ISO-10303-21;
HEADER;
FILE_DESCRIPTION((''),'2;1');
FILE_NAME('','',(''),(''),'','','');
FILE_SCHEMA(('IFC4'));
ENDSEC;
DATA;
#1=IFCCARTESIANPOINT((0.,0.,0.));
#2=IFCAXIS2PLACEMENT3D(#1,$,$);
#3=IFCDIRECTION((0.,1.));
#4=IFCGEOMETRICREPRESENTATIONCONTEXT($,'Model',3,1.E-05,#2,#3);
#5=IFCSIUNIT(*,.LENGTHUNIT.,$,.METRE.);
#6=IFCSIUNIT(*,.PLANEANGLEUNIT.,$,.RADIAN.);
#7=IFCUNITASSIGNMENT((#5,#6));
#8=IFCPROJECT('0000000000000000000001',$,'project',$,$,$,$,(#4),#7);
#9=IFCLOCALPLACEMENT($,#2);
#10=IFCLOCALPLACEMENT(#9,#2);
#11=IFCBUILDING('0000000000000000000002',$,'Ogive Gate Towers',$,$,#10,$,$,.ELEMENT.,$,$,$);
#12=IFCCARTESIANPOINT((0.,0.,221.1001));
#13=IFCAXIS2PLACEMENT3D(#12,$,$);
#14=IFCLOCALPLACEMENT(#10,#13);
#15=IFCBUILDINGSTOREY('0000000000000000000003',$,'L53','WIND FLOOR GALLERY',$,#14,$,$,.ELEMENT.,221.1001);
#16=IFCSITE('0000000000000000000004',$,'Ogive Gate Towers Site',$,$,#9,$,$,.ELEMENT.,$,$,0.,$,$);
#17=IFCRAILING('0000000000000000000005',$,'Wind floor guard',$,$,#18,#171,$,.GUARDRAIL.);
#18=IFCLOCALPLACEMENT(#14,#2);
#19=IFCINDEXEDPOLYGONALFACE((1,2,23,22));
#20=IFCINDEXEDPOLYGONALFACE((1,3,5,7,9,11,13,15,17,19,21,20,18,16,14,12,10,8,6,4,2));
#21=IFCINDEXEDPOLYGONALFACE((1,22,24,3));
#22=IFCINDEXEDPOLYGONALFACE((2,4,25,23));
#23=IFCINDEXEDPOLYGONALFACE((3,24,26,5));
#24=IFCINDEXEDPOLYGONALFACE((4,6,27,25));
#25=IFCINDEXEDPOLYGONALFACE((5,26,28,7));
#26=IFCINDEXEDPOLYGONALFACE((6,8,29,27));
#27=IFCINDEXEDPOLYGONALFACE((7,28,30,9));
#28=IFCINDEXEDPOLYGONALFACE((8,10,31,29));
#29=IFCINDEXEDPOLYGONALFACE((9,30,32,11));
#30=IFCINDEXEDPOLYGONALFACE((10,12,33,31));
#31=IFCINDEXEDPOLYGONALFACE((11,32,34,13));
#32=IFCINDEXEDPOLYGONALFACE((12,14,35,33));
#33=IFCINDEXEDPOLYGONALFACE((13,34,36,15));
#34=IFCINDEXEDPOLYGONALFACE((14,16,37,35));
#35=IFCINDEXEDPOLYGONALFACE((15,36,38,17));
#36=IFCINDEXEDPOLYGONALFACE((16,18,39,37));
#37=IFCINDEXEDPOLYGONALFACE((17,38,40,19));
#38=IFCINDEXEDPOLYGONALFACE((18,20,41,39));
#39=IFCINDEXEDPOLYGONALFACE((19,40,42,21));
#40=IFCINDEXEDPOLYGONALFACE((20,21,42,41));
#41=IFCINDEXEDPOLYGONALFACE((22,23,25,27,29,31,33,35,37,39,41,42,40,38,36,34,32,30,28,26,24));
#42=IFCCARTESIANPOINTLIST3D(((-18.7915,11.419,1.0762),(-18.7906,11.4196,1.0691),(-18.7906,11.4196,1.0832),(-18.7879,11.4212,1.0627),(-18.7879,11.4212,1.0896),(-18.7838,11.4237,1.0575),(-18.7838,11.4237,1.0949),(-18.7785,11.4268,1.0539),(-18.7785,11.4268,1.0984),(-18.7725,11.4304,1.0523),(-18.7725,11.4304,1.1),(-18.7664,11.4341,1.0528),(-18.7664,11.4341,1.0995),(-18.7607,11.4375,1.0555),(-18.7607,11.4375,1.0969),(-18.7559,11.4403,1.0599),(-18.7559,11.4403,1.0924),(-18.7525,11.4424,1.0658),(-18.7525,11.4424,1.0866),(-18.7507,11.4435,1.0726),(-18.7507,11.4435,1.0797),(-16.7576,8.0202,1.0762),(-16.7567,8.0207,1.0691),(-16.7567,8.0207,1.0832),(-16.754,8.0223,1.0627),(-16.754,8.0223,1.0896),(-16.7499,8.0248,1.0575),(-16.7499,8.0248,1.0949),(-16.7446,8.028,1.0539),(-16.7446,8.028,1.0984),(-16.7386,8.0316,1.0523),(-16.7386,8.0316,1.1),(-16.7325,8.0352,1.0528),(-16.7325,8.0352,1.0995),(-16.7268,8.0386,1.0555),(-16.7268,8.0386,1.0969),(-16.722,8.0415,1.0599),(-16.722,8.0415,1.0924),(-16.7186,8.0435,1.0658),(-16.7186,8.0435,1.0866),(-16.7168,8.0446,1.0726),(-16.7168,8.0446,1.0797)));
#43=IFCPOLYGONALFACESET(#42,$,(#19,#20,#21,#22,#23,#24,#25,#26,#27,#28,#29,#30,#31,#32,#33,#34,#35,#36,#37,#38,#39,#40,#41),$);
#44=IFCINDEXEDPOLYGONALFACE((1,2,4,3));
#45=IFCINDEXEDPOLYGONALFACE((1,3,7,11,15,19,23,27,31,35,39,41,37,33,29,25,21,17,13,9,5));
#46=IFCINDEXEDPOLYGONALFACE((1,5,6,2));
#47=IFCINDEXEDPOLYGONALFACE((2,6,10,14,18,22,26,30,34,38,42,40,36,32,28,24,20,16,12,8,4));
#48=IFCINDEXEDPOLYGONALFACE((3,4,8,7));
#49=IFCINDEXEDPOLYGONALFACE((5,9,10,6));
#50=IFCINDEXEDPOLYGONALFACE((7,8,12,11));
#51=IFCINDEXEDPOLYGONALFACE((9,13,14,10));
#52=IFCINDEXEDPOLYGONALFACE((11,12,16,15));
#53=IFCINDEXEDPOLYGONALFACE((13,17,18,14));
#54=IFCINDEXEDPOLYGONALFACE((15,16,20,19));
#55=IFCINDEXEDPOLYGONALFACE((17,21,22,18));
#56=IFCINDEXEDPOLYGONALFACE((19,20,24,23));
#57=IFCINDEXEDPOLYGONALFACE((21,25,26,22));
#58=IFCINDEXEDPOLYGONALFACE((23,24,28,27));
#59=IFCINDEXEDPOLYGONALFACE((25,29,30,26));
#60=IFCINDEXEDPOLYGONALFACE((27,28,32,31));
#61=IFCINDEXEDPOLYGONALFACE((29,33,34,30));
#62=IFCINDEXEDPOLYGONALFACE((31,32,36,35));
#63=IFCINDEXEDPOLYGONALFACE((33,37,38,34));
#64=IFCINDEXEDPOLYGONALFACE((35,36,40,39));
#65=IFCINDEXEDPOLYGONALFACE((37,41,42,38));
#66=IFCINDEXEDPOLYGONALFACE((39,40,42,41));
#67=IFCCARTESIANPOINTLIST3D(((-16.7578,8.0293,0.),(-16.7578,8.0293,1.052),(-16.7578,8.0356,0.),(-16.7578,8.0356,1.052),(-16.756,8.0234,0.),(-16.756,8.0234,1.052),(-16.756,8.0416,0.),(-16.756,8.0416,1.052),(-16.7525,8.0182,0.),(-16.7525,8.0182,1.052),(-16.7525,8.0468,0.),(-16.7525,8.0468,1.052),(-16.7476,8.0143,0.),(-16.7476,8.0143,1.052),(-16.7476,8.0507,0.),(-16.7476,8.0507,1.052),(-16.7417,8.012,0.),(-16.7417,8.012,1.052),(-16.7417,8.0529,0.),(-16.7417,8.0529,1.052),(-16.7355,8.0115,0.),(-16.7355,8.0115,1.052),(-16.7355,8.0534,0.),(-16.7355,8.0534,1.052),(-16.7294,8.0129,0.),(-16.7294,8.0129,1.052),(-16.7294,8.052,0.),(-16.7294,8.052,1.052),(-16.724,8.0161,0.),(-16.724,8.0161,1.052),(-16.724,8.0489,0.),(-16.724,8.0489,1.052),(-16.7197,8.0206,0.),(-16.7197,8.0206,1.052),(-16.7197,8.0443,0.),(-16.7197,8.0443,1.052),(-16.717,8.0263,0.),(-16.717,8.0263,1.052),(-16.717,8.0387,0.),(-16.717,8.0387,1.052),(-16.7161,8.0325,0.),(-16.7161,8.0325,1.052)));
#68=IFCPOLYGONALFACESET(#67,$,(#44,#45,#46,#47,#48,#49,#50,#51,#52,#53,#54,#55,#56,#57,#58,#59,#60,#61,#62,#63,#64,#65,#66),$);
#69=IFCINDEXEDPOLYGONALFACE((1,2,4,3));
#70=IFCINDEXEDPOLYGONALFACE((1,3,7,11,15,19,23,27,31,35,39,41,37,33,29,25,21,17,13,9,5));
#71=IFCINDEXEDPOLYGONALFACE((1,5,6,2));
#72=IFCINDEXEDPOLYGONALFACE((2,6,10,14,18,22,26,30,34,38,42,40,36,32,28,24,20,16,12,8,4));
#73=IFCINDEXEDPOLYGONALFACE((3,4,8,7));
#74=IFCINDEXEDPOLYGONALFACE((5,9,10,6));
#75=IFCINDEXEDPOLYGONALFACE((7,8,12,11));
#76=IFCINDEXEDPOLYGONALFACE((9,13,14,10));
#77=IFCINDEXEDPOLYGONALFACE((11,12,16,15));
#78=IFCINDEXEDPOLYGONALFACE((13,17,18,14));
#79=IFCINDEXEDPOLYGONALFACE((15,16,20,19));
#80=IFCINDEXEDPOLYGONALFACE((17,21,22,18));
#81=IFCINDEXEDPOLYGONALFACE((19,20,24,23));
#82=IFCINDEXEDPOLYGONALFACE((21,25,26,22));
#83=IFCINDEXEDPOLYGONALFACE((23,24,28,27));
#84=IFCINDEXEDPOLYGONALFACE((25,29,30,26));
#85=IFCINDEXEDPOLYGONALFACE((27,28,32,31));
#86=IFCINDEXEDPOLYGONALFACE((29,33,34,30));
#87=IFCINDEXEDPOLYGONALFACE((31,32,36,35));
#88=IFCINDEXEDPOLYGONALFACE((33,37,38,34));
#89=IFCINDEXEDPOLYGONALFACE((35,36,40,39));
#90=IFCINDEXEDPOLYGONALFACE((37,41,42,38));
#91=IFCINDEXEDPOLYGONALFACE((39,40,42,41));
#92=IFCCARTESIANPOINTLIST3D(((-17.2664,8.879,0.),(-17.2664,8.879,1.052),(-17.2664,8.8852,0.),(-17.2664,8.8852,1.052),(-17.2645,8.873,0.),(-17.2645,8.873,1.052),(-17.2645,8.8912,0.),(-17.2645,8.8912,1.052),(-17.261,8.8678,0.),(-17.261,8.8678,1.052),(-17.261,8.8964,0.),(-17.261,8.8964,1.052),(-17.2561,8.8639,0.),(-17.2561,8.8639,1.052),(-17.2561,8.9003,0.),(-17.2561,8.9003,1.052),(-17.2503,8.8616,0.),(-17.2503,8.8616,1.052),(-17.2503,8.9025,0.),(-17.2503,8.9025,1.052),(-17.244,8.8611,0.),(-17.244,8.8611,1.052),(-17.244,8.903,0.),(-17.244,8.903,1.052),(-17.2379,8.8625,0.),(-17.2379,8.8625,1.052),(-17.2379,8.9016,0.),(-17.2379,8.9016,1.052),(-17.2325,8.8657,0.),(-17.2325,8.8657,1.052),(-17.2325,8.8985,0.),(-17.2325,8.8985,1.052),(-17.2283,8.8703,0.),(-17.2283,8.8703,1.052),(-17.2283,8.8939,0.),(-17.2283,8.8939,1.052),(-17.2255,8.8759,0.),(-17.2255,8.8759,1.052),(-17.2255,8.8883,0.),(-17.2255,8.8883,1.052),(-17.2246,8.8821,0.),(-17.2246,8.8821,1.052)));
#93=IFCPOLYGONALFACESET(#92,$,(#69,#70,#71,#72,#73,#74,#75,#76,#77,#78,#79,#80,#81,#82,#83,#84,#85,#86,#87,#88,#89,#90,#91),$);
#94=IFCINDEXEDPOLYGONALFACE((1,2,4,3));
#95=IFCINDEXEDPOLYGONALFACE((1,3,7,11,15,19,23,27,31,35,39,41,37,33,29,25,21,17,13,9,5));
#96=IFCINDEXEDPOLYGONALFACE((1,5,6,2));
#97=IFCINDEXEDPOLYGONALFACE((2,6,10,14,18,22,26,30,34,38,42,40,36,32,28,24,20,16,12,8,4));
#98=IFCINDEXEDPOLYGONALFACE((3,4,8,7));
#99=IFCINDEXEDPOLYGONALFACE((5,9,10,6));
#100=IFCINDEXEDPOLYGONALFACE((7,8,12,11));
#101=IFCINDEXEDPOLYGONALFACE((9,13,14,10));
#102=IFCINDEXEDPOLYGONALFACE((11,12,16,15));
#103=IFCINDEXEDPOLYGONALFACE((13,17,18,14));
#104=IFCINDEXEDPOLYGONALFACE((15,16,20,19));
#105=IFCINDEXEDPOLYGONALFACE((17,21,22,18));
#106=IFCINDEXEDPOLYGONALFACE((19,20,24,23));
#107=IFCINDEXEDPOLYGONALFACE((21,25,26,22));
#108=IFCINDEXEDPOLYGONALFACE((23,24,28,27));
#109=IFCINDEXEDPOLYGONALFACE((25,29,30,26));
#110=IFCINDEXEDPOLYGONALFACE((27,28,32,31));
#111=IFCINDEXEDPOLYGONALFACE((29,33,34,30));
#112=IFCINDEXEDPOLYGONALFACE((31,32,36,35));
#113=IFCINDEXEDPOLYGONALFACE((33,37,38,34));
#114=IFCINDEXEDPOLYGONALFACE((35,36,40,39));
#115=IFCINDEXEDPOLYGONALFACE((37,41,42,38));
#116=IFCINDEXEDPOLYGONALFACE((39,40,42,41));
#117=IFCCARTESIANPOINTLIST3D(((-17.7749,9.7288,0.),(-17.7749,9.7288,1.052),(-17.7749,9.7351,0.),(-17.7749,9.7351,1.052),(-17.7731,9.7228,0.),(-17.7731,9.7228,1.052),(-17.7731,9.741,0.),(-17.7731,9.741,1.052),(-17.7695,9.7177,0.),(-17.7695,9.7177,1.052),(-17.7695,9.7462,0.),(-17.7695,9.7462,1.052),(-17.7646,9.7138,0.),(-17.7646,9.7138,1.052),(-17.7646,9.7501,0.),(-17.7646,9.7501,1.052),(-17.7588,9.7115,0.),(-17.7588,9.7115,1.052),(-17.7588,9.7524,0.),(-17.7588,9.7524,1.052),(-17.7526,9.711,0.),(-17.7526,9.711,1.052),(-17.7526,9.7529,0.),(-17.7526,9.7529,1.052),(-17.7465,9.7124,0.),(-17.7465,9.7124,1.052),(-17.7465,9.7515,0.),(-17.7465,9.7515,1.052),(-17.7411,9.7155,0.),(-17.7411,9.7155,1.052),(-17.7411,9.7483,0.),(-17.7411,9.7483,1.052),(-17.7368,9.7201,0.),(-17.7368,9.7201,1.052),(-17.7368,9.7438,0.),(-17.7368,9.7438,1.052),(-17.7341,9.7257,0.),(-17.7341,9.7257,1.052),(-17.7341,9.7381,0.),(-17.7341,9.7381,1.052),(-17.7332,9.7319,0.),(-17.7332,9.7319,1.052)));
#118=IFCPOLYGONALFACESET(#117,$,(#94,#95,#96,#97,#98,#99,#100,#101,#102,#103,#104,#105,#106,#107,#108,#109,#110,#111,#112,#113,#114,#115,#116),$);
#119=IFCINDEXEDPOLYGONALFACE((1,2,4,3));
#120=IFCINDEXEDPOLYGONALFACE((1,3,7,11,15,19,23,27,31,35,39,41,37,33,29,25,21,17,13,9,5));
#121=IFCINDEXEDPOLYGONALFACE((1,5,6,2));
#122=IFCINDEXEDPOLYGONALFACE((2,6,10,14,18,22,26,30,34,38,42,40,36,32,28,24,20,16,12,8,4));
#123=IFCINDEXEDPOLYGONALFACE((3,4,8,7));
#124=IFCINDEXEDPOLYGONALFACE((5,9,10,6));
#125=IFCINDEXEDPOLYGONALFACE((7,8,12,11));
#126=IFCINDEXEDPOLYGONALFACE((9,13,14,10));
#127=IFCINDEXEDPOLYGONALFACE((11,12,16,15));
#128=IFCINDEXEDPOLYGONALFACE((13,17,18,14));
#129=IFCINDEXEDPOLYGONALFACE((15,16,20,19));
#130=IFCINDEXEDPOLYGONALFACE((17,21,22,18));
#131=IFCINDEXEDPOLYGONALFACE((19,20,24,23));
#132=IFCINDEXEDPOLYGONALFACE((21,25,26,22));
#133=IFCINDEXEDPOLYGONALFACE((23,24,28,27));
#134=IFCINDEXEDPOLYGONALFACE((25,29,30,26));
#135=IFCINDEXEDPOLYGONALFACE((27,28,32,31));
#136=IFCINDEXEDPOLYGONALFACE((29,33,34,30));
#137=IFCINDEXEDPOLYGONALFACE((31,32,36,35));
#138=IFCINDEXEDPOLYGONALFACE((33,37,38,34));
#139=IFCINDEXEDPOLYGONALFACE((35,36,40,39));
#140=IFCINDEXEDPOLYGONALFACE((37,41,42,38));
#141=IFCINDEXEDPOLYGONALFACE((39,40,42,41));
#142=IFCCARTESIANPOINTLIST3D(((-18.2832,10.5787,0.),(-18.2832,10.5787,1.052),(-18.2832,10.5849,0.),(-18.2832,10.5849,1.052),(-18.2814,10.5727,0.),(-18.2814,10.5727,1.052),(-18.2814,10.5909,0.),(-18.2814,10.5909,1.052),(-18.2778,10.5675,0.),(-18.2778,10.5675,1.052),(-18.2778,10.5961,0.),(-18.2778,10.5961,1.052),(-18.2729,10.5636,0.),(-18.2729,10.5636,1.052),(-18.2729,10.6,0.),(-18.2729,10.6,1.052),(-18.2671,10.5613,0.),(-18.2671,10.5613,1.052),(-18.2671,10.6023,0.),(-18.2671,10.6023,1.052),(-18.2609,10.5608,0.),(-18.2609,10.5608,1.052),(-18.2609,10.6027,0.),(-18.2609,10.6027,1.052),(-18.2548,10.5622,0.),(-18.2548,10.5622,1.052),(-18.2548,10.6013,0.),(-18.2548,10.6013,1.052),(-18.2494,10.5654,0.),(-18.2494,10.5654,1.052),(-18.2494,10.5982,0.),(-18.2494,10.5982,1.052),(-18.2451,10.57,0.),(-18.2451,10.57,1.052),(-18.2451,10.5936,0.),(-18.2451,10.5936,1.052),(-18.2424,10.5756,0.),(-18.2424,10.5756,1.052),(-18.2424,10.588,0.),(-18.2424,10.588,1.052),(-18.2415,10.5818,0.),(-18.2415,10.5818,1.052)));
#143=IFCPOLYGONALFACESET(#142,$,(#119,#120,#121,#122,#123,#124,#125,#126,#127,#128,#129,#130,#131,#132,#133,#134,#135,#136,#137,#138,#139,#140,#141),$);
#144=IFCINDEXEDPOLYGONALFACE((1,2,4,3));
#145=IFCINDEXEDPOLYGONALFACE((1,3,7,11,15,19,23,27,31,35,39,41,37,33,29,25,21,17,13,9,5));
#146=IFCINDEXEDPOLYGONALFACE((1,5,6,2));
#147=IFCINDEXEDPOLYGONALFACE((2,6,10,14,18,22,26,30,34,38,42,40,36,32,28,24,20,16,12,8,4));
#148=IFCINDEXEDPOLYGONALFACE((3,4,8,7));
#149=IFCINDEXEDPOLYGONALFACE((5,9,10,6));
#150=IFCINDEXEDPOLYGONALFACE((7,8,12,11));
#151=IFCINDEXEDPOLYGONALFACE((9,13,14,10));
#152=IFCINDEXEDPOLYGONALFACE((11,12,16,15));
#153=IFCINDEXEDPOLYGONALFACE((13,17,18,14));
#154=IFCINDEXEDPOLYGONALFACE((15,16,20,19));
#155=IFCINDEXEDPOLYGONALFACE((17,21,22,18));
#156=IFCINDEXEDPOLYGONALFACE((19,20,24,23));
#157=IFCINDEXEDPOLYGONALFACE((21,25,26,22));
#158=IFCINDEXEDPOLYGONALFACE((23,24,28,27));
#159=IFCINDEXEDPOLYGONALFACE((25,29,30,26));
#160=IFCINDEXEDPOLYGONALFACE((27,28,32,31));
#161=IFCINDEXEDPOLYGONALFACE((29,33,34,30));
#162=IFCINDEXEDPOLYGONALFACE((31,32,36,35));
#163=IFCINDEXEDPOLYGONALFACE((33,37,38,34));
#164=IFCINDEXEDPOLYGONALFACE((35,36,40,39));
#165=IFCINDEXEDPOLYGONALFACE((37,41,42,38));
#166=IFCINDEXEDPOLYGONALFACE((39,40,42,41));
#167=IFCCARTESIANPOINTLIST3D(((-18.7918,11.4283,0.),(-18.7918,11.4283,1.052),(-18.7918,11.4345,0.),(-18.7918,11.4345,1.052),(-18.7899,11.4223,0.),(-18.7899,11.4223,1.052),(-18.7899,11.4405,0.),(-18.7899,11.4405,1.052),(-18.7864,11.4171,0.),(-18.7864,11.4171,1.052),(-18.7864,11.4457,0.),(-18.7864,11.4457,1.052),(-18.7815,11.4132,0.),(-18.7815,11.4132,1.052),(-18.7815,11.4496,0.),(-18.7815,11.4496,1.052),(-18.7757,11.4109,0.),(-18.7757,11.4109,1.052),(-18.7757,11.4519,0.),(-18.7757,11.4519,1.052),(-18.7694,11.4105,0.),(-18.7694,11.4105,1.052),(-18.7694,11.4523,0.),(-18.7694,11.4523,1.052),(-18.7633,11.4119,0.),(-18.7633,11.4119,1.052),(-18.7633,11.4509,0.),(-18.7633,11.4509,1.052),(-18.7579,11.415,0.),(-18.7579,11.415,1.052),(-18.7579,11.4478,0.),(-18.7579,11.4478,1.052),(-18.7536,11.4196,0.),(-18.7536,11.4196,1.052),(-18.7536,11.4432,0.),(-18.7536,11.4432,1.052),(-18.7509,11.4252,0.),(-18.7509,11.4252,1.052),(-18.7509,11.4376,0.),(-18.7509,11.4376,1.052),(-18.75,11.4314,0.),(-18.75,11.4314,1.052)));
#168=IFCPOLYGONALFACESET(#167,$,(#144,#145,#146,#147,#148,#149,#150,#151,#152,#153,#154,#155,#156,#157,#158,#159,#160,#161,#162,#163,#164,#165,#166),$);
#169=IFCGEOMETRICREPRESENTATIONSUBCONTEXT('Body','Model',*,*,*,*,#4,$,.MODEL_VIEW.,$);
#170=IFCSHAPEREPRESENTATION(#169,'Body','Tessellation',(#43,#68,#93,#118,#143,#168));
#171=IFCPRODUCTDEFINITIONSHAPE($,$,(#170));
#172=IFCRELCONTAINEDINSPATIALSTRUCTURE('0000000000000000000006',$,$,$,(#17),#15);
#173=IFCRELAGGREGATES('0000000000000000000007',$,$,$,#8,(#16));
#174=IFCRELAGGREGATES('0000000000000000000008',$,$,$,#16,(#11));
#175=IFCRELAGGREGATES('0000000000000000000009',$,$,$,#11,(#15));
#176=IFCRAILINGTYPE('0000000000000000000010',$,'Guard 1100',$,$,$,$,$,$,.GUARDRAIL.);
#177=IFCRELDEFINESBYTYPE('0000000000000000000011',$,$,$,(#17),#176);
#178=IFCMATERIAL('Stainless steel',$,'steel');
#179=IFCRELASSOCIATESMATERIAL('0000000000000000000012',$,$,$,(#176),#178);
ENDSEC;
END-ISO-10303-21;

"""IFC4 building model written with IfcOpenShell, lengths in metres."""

from ifc_helpers import new_model, si_unit, direction, frame, origin, origin_2d, place, context, subcontext, project, spatial, circle, extrude, material, type_object, element, save


model = new_model("IFC4")

# Units and contexts
model_context = context("Model", 3, precision=1e-05, world=origin(), true_north=direction((0.0, 1.0)))
body_context = subcontext(model_context, "Body", "Model", "MODEL_VIEW")
ifc_project = project(units=[si_unit("LENGTHUNIT", "METRE"), si_unit("PLANEANGLEUNIT", "RADIAN")], contexts=[model_context])

# Site, building, storey
site_placement = place(None, origin())
site = spatial("IfcSite", under=ifc_project, at=site_placement, Name="Ogive Gate Towers Site", CompositionType="ELEMENT", RefElevation=0.0)
building_placement = place(site_placement, origin())
building = spatial("IfcBuilding", under=site, at=building_placement, Name="Ogive Gate Towers", CompositionType="ELEMENT")
storey_placement = place(building_placement, frame((0.0, 0.0, 221.1001)))
storey = spatial("IfcBuildingStorey", under=building, at=storey_placement, Name="L53", Description="WIND FLOOR GALLERY", CompositionType="ELEMENT", Elevation=221.1001)

# Railing
ifc_material_1 = material(Name="Stainless steel", Category="steel")
railing_type = type_object("IfcRailingType", Name="Guard 1100", PredefinedType="GUARDRAIL", material=ifc_material_1)
railing_1_placement = place(storey_placement, frame((-16.7371, 8.0325, 0.0)))
element("IfcRailing", 1, at=railing_1_placement, inside=storey, type_object=railing_type, Name="Wind floor guard", PredefinedType="GUARDRAIL", context=body_context, shape_type="SweptSolid", body=[
    extrude(circle(Radius=0.0239, at=origin_2d()), frame((0.0, 0.0, 1.0762), z_axis=(-0.513489, 0.858096, 0.0), x_axis=(-0.858096, -0.513489, 0.0)), (0.0, 0.0, 1.0), 3.9609),
    extrude(circle(Radius=0.021, at=origin_2d()), origin(), (0.0, 0.0, 1.0), 1.052),
    extrude(circle(Radius=0.021, at=origin_2d()), frame((-0.5085, 0.8496, 0.0)), (0.0, 0.0, 1.0), 1.052),
    extrude(circle(Radius=0.021, at=origin_2d()), frame((-1.0171, 1.6995, 0.0)), (0.0, 0.0, 1.0), 1.052),
    extrude(circle(Radius=0.021, at=origin_2d()), frame((-1.5254, 2.5493, 0.0)), (0.0, 0.0, 1.0), 1.052),
    extrude(circle(Radius=0.021, at=origin_2d()), frame((-2.0339, 3.3989, 0.0)), (0.0, 0.0, 1.0), 1.052),
])

save(model, "model.ifc")
